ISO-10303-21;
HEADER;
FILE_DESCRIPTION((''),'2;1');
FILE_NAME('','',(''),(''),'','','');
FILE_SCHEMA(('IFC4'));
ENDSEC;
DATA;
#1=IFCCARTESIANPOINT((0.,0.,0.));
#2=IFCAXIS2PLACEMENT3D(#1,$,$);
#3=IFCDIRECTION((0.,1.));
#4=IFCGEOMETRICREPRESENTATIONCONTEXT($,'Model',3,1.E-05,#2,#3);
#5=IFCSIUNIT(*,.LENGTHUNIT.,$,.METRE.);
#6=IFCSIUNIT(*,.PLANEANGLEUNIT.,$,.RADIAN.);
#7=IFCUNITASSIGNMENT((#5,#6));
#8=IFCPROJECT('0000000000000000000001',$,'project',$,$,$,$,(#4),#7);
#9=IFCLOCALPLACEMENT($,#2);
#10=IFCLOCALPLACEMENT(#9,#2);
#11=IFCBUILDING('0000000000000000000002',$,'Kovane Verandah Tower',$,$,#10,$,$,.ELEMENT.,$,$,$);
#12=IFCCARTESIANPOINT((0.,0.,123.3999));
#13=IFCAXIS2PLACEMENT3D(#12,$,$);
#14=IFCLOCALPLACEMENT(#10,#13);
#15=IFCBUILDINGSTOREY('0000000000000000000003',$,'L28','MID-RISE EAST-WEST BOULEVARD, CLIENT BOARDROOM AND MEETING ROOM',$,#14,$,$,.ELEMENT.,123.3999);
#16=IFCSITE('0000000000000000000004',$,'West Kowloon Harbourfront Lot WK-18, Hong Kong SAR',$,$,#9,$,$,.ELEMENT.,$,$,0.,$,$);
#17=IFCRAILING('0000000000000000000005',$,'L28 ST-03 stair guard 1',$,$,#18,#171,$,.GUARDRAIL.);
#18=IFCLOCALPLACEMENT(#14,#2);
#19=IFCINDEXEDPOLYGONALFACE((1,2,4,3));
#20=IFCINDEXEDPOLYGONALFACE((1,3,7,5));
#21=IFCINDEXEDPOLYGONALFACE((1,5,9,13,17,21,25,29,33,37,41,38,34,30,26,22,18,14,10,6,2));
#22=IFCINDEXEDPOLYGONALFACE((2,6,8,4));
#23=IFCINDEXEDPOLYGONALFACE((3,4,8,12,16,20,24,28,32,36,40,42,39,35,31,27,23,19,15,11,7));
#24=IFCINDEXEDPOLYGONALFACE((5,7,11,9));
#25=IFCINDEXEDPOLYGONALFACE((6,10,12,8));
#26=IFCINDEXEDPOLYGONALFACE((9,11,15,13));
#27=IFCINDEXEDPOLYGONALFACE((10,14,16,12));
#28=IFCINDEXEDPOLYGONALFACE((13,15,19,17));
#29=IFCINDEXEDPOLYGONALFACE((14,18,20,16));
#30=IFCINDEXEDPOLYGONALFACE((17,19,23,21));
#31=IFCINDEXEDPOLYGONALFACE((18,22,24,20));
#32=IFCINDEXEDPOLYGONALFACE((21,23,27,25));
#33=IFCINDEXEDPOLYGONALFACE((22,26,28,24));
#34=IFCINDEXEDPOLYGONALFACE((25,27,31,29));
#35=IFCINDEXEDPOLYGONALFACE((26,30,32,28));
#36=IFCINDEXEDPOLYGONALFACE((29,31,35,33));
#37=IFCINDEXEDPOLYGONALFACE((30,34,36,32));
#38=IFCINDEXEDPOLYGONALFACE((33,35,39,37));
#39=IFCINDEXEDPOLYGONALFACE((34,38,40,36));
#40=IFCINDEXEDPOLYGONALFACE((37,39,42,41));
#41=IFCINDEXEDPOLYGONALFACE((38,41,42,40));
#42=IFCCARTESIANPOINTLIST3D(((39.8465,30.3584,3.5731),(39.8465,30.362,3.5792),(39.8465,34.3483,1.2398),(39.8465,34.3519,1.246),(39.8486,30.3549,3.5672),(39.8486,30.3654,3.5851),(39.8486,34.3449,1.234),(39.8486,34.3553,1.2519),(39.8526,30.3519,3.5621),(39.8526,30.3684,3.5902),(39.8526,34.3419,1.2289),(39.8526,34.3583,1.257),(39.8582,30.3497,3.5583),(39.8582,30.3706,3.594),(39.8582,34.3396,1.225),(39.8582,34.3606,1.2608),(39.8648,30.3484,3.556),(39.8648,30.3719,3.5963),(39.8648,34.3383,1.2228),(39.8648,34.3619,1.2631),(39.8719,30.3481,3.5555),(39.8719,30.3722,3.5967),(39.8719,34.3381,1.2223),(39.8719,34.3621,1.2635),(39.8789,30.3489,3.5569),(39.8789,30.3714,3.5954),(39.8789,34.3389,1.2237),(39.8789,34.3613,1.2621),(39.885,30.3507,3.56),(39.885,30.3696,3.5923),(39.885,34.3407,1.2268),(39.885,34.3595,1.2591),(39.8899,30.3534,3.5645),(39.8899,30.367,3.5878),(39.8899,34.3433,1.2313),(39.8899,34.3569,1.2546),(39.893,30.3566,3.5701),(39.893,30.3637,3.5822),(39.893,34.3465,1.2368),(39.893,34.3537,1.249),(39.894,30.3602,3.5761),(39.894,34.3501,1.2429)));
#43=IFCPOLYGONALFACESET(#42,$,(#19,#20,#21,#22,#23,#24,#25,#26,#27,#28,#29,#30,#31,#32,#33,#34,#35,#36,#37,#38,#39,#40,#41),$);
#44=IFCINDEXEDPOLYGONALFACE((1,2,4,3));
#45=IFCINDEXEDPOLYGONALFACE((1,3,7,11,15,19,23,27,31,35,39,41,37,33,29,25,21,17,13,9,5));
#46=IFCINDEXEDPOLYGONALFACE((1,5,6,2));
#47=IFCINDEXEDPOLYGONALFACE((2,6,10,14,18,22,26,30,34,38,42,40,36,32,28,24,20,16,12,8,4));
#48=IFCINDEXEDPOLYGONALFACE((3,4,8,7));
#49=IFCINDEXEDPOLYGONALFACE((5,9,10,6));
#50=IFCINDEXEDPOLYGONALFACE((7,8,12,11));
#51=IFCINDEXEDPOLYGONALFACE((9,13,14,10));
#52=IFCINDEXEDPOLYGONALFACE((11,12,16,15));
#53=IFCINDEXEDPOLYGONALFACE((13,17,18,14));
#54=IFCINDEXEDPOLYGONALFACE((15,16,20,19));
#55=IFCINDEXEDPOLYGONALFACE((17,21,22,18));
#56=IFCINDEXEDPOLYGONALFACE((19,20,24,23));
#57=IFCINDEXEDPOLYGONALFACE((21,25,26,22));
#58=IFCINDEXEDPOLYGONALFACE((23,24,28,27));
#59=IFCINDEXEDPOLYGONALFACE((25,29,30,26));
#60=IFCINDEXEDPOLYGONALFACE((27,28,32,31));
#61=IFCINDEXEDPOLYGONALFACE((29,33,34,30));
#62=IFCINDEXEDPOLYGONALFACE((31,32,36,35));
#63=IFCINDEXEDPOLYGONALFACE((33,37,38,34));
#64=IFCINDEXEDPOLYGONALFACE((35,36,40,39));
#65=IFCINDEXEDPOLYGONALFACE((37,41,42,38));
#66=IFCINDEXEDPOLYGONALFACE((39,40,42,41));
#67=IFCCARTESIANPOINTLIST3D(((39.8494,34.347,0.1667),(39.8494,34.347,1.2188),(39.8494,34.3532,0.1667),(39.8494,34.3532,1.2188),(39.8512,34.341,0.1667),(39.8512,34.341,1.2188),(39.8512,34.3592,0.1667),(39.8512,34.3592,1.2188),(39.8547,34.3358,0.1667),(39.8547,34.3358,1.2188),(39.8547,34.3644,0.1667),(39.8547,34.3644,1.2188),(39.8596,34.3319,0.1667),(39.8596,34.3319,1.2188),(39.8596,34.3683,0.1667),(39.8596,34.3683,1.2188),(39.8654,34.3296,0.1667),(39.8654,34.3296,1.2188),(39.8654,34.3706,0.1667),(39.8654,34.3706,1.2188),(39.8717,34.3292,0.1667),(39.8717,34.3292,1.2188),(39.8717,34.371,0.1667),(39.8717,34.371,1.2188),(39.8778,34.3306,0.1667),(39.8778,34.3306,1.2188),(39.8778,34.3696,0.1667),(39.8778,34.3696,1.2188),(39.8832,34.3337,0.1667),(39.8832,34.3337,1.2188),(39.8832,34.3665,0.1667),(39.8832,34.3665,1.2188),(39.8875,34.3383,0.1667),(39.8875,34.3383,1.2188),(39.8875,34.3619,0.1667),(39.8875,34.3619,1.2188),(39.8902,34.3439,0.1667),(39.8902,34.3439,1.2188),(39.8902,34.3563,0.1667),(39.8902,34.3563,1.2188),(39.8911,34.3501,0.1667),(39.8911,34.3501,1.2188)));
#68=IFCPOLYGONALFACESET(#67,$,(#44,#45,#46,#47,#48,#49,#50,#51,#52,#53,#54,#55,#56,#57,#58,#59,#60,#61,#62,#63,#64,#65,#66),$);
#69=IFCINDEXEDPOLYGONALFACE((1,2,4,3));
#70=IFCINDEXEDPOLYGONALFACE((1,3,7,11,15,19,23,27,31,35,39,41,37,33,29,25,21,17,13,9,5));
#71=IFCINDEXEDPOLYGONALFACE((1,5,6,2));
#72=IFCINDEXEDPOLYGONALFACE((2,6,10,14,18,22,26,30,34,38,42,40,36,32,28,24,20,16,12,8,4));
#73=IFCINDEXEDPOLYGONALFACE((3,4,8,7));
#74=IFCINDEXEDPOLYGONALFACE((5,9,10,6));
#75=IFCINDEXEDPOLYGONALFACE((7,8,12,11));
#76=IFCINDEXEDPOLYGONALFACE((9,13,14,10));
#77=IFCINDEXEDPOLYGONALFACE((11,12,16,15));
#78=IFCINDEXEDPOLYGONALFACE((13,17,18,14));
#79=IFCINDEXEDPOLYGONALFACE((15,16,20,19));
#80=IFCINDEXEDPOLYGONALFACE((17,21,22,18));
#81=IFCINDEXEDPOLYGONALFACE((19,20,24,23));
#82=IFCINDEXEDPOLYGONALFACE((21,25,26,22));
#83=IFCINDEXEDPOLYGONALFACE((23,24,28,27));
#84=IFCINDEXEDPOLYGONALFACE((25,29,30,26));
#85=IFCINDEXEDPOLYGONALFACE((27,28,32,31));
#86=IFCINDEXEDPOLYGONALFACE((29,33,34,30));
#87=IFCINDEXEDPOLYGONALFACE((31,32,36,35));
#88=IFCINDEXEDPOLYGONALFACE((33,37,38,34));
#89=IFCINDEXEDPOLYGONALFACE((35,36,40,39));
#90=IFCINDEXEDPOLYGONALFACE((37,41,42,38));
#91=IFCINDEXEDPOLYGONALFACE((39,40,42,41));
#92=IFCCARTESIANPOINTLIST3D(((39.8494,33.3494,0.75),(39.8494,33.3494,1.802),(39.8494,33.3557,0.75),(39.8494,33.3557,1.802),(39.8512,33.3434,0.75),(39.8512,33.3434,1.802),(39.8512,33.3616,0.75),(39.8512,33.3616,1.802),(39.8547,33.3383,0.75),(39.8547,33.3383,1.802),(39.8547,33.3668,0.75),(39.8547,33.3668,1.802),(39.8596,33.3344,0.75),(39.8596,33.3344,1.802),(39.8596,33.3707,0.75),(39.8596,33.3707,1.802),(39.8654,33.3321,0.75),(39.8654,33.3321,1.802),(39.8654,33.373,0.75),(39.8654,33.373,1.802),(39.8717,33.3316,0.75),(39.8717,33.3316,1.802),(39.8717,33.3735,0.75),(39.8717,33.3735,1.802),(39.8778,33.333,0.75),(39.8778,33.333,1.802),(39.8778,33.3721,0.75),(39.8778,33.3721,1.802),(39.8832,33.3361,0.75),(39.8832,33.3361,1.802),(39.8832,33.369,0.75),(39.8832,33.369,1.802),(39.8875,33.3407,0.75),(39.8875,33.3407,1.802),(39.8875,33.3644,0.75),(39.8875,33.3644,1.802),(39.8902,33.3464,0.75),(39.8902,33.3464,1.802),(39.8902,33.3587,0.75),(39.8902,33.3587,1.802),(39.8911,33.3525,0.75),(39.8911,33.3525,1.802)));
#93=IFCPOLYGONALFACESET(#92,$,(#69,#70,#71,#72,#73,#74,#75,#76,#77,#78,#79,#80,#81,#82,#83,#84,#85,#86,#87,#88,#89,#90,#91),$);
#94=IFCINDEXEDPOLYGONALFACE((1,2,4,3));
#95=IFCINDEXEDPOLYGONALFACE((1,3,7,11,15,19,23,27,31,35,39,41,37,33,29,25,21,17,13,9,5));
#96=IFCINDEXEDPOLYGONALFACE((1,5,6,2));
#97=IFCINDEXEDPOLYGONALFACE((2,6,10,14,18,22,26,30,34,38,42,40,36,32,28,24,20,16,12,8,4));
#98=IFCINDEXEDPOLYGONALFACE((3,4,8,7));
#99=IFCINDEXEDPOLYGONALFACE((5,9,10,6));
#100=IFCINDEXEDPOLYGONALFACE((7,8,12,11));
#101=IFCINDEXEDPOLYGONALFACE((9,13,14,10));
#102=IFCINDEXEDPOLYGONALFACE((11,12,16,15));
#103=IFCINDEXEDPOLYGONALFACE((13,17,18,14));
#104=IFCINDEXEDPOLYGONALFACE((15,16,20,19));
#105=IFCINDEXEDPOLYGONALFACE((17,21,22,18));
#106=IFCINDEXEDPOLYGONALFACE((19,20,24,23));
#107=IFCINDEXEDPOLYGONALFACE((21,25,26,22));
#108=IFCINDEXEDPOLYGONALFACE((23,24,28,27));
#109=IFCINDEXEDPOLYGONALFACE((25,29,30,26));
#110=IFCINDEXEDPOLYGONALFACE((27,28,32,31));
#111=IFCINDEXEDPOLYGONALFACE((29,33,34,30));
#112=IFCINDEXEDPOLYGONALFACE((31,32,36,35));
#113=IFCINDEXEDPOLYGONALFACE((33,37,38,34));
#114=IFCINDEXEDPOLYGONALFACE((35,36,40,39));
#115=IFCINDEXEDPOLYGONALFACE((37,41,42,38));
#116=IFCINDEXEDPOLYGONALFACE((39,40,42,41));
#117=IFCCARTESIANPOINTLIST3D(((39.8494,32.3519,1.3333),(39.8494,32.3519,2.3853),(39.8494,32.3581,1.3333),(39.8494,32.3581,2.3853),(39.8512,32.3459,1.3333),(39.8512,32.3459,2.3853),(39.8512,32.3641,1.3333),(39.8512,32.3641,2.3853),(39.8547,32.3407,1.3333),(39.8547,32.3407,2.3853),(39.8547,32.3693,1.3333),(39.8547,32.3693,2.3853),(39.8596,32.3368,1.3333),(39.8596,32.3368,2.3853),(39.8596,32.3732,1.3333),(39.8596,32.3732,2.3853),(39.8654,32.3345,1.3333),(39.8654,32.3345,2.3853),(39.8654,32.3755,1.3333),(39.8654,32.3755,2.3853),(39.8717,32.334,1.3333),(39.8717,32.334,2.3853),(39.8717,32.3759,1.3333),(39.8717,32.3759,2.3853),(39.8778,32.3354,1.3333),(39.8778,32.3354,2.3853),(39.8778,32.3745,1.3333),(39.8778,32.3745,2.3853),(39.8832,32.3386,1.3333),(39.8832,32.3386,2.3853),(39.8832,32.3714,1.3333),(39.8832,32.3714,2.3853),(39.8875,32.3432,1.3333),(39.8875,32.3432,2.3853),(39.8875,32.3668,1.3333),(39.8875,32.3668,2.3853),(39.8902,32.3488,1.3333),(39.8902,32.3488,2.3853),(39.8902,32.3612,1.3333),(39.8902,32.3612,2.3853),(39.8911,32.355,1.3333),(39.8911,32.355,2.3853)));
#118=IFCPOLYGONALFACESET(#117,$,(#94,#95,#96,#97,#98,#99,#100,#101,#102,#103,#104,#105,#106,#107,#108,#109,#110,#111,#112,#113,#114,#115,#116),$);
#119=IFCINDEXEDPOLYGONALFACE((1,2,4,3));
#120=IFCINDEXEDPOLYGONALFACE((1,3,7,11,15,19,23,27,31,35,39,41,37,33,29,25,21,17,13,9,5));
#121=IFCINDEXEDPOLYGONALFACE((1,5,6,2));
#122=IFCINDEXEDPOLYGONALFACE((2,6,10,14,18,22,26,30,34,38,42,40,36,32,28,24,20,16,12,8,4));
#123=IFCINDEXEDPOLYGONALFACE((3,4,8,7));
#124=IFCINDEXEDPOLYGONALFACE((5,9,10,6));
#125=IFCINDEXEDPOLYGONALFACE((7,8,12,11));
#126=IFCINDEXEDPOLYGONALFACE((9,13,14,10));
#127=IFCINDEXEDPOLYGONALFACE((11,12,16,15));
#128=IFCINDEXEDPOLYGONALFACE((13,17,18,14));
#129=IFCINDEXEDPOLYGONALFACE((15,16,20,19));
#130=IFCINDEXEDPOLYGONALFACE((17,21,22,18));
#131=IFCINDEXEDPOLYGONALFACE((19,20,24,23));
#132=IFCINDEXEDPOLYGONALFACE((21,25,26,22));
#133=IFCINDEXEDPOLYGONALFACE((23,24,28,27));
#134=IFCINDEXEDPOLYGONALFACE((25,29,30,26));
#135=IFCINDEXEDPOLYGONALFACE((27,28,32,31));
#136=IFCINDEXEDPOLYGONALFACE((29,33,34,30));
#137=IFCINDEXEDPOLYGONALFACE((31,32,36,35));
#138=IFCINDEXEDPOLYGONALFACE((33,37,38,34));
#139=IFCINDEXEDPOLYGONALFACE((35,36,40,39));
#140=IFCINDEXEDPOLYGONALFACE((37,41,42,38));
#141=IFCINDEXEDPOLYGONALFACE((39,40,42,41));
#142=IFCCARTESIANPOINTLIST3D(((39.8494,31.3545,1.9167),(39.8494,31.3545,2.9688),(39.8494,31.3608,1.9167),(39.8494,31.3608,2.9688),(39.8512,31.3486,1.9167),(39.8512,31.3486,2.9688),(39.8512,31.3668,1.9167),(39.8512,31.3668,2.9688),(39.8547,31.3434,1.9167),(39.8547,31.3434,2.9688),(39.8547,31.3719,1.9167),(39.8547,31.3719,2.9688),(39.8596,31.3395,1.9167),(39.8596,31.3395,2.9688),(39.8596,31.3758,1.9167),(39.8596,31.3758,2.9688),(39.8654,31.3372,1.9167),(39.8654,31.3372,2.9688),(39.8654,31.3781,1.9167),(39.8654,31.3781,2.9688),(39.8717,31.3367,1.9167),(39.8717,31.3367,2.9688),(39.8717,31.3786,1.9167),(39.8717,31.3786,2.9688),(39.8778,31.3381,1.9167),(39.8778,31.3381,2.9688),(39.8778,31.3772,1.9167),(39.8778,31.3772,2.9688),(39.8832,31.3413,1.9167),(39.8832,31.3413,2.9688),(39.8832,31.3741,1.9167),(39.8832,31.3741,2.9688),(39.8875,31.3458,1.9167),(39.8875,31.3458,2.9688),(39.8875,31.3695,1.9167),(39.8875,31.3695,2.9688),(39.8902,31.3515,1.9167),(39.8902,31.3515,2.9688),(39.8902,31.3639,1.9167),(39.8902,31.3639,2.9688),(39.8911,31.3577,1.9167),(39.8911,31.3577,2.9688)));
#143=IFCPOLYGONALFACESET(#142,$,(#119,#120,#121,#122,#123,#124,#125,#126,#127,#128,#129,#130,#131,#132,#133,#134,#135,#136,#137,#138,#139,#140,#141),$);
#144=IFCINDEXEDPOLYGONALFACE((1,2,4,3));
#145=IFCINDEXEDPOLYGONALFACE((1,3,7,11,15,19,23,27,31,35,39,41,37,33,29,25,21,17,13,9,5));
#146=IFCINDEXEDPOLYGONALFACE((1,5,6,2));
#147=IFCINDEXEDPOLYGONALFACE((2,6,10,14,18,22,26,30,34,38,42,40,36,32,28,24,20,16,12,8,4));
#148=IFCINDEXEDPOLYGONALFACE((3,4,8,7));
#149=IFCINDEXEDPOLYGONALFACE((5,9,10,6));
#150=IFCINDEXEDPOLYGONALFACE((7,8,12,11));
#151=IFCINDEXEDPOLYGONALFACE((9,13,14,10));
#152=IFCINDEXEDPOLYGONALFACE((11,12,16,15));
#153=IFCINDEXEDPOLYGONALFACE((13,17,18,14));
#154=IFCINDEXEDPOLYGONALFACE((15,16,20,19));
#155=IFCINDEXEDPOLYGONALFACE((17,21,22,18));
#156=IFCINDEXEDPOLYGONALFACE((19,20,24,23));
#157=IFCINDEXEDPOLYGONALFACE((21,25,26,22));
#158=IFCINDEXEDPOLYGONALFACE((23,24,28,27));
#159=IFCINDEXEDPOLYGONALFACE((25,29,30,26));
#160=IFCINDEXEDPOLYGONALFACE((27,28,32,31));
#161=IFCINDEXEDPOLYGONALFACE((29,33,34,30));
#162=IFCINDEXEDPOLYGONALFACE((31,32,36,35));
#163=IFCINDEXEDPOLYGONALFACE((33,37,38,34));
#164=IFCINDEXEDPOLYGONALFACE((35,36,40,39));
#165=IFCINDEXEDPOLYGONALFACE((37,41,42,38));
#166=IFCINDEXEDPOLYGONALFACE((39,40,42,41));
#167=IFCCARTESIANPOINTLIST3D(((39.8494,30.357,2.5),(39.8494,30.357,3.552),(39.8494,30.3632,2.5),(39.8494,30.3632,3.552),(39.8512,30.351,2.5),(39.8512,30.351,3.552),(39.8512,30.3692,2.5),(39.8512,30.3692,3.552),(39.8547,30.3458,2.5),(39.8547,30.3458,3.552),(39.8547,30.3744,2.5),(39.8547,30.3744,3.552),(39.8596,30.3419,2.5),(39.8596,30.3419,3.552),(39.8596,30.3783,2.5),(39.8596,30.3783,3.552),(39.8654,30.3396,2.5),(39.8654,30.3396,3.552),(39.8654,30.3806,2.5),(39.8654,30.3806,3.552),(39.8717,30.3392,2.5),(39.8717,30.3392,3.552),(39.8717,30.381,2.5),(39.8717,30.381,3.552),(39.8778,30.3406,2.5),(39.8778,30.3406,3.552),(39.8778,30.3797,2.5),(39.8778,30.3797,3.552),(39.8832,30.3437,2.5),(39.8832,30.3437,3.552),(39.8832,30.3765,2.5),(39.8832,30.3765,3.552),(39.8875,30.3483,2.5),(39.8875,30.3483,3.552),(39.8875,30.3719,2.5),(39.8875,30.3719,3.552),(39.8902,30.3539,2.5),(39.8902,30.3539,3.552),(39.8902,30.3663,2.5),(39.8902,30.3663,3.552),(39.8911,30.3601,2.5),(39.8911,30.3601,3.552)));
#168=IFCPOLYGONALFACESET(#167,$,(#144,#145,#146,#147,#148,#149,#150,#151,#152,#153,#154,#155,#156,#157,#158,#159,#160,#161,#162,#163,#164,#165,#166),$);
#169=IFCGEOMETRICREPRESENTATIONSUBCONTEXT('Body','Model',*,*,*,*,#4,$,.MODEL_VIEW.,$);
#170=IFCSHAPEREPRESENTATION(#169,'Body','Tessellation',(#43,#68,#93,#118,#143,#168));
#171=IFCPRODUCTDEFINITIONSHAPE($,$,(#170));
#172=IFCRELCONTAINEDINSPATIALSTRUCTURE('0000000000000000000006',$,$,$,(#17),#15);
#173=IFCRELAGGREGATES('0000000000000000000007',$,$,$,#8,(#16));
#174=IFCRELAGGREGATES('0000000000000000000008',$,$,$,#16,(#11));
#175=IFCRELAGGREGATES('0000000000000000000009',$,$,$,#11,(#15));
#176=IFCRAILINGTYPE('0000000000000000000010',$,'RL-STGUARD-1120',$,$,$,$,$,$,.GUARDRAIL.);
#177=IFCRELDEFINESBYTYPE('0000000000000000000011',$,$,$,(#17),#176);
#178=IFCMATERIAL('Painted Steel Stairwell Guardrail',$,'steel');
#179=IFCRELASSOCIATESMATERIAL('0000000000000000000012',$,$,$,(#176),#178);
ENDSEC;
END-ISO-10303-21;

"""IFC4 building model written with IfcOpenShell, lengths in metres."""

from ifc_helpers import new_model, si_unit, direction, frame, origin, origin_2d, place, context, subcontext, project, spatial, circle, extrude, material, type_object, element, save


model = new_model("IFC4")

# Units and contexts
model_context = context("Model", 3, precision=1e-05, world=origin(), true_north=direction((0.0, 1.0)))
body_context = subcontext(model_context, "Body", "Model", "MODEL_VIEW")
ifc_project = project(units=[si_unit("LENGTHUNIT", "METRE"), si_unit("PLANEANGLEUNIT", "RADIAN")], contexts=[model_context])

# Site, building, storey
site_placement = place(None, origin())
site = spatial("IfcSite", under=ifc_project, at=site_placement, Name="West Kowloon Harbourfront Lot WK-18, Hong Kong SAR", CompositionType="ELEMENT", RefElevation=0.0)
building_placement = place(site_placement, origin())
building = spatial("IfcBuilding", under=site, at=building_placement, Name="Kovane Verandah Tower", CompositionType="ELEMENT")
storey_placement = place(building_placement, frame((0.0, 0.0, 123.3999)))
storey = spatial("IfcBuildingStorey", under=building, at=storey_placement, Name="L28", Description="MID-RISE EAST-WEST BOULEVARD, CLIENT BOARDROOM AND MEETING ROOM", CompositionType="ELEMENT", Elevation=123.3999)

# Railing
ifc_material_1 = material(Name="Painted Steel Stairwell Guardrail", Category="steel")
railing_type_1 = type_object("IfcRailingType", Name="RL-STGUARD-1120", PredefinedType="GUARDRAIL", material=ifc_material_1)
railing_1_placement = place(storey_placement, frame((39.8701, 34.3501, 0.1667)))
element("IfcRailing", 1, at=railing_1_placement, inside=storey, type_object=railing_type_1, Name="L28 ST-03 stair guard 1", PredefinedType="GUARDRAIL", context=body_context, shape_type="SweptSolid", body=[
    extrude(circle(Radius=0.0239, at=origin_2d()), frame((0.0, 0.0, 1.0762), z_axis=(0.0, -0.863236, 0.5048), x_axis=(1.0, 0.0, 0.0)), (0.0, 0.0, 1.0), 4.6221),
    extrude(circle(Radius=0.021, at=origin_2d()), origin(), (0.0, 0.0, 1.0), 1.052),
    extrude(circle(Radius=0.021, at=origin_2d()), frame((0.0, -0.9976, 0.5833)), (0.0, 0.0, 1.0), 1.052),
    extrude(circle(Radius=0.021, at=origin_2d()), frame((0.0, -1.9951, 1.1665)), (0.0, 0.0, 1.0), 1.052),
    extrude(circle(Radius=0.021, at=origin_2d()), frame((0.0, -2.9924, 1.75)), (0.0, 0.0, 1.0), 1.052),
    extrude(circle(Radius=0.021, at=origin_2d()), frame((0.0, -3.99, 2.3333)), (0.0, 0.0, 1.0), 1.052),
])

save(model, "model.ifc")
